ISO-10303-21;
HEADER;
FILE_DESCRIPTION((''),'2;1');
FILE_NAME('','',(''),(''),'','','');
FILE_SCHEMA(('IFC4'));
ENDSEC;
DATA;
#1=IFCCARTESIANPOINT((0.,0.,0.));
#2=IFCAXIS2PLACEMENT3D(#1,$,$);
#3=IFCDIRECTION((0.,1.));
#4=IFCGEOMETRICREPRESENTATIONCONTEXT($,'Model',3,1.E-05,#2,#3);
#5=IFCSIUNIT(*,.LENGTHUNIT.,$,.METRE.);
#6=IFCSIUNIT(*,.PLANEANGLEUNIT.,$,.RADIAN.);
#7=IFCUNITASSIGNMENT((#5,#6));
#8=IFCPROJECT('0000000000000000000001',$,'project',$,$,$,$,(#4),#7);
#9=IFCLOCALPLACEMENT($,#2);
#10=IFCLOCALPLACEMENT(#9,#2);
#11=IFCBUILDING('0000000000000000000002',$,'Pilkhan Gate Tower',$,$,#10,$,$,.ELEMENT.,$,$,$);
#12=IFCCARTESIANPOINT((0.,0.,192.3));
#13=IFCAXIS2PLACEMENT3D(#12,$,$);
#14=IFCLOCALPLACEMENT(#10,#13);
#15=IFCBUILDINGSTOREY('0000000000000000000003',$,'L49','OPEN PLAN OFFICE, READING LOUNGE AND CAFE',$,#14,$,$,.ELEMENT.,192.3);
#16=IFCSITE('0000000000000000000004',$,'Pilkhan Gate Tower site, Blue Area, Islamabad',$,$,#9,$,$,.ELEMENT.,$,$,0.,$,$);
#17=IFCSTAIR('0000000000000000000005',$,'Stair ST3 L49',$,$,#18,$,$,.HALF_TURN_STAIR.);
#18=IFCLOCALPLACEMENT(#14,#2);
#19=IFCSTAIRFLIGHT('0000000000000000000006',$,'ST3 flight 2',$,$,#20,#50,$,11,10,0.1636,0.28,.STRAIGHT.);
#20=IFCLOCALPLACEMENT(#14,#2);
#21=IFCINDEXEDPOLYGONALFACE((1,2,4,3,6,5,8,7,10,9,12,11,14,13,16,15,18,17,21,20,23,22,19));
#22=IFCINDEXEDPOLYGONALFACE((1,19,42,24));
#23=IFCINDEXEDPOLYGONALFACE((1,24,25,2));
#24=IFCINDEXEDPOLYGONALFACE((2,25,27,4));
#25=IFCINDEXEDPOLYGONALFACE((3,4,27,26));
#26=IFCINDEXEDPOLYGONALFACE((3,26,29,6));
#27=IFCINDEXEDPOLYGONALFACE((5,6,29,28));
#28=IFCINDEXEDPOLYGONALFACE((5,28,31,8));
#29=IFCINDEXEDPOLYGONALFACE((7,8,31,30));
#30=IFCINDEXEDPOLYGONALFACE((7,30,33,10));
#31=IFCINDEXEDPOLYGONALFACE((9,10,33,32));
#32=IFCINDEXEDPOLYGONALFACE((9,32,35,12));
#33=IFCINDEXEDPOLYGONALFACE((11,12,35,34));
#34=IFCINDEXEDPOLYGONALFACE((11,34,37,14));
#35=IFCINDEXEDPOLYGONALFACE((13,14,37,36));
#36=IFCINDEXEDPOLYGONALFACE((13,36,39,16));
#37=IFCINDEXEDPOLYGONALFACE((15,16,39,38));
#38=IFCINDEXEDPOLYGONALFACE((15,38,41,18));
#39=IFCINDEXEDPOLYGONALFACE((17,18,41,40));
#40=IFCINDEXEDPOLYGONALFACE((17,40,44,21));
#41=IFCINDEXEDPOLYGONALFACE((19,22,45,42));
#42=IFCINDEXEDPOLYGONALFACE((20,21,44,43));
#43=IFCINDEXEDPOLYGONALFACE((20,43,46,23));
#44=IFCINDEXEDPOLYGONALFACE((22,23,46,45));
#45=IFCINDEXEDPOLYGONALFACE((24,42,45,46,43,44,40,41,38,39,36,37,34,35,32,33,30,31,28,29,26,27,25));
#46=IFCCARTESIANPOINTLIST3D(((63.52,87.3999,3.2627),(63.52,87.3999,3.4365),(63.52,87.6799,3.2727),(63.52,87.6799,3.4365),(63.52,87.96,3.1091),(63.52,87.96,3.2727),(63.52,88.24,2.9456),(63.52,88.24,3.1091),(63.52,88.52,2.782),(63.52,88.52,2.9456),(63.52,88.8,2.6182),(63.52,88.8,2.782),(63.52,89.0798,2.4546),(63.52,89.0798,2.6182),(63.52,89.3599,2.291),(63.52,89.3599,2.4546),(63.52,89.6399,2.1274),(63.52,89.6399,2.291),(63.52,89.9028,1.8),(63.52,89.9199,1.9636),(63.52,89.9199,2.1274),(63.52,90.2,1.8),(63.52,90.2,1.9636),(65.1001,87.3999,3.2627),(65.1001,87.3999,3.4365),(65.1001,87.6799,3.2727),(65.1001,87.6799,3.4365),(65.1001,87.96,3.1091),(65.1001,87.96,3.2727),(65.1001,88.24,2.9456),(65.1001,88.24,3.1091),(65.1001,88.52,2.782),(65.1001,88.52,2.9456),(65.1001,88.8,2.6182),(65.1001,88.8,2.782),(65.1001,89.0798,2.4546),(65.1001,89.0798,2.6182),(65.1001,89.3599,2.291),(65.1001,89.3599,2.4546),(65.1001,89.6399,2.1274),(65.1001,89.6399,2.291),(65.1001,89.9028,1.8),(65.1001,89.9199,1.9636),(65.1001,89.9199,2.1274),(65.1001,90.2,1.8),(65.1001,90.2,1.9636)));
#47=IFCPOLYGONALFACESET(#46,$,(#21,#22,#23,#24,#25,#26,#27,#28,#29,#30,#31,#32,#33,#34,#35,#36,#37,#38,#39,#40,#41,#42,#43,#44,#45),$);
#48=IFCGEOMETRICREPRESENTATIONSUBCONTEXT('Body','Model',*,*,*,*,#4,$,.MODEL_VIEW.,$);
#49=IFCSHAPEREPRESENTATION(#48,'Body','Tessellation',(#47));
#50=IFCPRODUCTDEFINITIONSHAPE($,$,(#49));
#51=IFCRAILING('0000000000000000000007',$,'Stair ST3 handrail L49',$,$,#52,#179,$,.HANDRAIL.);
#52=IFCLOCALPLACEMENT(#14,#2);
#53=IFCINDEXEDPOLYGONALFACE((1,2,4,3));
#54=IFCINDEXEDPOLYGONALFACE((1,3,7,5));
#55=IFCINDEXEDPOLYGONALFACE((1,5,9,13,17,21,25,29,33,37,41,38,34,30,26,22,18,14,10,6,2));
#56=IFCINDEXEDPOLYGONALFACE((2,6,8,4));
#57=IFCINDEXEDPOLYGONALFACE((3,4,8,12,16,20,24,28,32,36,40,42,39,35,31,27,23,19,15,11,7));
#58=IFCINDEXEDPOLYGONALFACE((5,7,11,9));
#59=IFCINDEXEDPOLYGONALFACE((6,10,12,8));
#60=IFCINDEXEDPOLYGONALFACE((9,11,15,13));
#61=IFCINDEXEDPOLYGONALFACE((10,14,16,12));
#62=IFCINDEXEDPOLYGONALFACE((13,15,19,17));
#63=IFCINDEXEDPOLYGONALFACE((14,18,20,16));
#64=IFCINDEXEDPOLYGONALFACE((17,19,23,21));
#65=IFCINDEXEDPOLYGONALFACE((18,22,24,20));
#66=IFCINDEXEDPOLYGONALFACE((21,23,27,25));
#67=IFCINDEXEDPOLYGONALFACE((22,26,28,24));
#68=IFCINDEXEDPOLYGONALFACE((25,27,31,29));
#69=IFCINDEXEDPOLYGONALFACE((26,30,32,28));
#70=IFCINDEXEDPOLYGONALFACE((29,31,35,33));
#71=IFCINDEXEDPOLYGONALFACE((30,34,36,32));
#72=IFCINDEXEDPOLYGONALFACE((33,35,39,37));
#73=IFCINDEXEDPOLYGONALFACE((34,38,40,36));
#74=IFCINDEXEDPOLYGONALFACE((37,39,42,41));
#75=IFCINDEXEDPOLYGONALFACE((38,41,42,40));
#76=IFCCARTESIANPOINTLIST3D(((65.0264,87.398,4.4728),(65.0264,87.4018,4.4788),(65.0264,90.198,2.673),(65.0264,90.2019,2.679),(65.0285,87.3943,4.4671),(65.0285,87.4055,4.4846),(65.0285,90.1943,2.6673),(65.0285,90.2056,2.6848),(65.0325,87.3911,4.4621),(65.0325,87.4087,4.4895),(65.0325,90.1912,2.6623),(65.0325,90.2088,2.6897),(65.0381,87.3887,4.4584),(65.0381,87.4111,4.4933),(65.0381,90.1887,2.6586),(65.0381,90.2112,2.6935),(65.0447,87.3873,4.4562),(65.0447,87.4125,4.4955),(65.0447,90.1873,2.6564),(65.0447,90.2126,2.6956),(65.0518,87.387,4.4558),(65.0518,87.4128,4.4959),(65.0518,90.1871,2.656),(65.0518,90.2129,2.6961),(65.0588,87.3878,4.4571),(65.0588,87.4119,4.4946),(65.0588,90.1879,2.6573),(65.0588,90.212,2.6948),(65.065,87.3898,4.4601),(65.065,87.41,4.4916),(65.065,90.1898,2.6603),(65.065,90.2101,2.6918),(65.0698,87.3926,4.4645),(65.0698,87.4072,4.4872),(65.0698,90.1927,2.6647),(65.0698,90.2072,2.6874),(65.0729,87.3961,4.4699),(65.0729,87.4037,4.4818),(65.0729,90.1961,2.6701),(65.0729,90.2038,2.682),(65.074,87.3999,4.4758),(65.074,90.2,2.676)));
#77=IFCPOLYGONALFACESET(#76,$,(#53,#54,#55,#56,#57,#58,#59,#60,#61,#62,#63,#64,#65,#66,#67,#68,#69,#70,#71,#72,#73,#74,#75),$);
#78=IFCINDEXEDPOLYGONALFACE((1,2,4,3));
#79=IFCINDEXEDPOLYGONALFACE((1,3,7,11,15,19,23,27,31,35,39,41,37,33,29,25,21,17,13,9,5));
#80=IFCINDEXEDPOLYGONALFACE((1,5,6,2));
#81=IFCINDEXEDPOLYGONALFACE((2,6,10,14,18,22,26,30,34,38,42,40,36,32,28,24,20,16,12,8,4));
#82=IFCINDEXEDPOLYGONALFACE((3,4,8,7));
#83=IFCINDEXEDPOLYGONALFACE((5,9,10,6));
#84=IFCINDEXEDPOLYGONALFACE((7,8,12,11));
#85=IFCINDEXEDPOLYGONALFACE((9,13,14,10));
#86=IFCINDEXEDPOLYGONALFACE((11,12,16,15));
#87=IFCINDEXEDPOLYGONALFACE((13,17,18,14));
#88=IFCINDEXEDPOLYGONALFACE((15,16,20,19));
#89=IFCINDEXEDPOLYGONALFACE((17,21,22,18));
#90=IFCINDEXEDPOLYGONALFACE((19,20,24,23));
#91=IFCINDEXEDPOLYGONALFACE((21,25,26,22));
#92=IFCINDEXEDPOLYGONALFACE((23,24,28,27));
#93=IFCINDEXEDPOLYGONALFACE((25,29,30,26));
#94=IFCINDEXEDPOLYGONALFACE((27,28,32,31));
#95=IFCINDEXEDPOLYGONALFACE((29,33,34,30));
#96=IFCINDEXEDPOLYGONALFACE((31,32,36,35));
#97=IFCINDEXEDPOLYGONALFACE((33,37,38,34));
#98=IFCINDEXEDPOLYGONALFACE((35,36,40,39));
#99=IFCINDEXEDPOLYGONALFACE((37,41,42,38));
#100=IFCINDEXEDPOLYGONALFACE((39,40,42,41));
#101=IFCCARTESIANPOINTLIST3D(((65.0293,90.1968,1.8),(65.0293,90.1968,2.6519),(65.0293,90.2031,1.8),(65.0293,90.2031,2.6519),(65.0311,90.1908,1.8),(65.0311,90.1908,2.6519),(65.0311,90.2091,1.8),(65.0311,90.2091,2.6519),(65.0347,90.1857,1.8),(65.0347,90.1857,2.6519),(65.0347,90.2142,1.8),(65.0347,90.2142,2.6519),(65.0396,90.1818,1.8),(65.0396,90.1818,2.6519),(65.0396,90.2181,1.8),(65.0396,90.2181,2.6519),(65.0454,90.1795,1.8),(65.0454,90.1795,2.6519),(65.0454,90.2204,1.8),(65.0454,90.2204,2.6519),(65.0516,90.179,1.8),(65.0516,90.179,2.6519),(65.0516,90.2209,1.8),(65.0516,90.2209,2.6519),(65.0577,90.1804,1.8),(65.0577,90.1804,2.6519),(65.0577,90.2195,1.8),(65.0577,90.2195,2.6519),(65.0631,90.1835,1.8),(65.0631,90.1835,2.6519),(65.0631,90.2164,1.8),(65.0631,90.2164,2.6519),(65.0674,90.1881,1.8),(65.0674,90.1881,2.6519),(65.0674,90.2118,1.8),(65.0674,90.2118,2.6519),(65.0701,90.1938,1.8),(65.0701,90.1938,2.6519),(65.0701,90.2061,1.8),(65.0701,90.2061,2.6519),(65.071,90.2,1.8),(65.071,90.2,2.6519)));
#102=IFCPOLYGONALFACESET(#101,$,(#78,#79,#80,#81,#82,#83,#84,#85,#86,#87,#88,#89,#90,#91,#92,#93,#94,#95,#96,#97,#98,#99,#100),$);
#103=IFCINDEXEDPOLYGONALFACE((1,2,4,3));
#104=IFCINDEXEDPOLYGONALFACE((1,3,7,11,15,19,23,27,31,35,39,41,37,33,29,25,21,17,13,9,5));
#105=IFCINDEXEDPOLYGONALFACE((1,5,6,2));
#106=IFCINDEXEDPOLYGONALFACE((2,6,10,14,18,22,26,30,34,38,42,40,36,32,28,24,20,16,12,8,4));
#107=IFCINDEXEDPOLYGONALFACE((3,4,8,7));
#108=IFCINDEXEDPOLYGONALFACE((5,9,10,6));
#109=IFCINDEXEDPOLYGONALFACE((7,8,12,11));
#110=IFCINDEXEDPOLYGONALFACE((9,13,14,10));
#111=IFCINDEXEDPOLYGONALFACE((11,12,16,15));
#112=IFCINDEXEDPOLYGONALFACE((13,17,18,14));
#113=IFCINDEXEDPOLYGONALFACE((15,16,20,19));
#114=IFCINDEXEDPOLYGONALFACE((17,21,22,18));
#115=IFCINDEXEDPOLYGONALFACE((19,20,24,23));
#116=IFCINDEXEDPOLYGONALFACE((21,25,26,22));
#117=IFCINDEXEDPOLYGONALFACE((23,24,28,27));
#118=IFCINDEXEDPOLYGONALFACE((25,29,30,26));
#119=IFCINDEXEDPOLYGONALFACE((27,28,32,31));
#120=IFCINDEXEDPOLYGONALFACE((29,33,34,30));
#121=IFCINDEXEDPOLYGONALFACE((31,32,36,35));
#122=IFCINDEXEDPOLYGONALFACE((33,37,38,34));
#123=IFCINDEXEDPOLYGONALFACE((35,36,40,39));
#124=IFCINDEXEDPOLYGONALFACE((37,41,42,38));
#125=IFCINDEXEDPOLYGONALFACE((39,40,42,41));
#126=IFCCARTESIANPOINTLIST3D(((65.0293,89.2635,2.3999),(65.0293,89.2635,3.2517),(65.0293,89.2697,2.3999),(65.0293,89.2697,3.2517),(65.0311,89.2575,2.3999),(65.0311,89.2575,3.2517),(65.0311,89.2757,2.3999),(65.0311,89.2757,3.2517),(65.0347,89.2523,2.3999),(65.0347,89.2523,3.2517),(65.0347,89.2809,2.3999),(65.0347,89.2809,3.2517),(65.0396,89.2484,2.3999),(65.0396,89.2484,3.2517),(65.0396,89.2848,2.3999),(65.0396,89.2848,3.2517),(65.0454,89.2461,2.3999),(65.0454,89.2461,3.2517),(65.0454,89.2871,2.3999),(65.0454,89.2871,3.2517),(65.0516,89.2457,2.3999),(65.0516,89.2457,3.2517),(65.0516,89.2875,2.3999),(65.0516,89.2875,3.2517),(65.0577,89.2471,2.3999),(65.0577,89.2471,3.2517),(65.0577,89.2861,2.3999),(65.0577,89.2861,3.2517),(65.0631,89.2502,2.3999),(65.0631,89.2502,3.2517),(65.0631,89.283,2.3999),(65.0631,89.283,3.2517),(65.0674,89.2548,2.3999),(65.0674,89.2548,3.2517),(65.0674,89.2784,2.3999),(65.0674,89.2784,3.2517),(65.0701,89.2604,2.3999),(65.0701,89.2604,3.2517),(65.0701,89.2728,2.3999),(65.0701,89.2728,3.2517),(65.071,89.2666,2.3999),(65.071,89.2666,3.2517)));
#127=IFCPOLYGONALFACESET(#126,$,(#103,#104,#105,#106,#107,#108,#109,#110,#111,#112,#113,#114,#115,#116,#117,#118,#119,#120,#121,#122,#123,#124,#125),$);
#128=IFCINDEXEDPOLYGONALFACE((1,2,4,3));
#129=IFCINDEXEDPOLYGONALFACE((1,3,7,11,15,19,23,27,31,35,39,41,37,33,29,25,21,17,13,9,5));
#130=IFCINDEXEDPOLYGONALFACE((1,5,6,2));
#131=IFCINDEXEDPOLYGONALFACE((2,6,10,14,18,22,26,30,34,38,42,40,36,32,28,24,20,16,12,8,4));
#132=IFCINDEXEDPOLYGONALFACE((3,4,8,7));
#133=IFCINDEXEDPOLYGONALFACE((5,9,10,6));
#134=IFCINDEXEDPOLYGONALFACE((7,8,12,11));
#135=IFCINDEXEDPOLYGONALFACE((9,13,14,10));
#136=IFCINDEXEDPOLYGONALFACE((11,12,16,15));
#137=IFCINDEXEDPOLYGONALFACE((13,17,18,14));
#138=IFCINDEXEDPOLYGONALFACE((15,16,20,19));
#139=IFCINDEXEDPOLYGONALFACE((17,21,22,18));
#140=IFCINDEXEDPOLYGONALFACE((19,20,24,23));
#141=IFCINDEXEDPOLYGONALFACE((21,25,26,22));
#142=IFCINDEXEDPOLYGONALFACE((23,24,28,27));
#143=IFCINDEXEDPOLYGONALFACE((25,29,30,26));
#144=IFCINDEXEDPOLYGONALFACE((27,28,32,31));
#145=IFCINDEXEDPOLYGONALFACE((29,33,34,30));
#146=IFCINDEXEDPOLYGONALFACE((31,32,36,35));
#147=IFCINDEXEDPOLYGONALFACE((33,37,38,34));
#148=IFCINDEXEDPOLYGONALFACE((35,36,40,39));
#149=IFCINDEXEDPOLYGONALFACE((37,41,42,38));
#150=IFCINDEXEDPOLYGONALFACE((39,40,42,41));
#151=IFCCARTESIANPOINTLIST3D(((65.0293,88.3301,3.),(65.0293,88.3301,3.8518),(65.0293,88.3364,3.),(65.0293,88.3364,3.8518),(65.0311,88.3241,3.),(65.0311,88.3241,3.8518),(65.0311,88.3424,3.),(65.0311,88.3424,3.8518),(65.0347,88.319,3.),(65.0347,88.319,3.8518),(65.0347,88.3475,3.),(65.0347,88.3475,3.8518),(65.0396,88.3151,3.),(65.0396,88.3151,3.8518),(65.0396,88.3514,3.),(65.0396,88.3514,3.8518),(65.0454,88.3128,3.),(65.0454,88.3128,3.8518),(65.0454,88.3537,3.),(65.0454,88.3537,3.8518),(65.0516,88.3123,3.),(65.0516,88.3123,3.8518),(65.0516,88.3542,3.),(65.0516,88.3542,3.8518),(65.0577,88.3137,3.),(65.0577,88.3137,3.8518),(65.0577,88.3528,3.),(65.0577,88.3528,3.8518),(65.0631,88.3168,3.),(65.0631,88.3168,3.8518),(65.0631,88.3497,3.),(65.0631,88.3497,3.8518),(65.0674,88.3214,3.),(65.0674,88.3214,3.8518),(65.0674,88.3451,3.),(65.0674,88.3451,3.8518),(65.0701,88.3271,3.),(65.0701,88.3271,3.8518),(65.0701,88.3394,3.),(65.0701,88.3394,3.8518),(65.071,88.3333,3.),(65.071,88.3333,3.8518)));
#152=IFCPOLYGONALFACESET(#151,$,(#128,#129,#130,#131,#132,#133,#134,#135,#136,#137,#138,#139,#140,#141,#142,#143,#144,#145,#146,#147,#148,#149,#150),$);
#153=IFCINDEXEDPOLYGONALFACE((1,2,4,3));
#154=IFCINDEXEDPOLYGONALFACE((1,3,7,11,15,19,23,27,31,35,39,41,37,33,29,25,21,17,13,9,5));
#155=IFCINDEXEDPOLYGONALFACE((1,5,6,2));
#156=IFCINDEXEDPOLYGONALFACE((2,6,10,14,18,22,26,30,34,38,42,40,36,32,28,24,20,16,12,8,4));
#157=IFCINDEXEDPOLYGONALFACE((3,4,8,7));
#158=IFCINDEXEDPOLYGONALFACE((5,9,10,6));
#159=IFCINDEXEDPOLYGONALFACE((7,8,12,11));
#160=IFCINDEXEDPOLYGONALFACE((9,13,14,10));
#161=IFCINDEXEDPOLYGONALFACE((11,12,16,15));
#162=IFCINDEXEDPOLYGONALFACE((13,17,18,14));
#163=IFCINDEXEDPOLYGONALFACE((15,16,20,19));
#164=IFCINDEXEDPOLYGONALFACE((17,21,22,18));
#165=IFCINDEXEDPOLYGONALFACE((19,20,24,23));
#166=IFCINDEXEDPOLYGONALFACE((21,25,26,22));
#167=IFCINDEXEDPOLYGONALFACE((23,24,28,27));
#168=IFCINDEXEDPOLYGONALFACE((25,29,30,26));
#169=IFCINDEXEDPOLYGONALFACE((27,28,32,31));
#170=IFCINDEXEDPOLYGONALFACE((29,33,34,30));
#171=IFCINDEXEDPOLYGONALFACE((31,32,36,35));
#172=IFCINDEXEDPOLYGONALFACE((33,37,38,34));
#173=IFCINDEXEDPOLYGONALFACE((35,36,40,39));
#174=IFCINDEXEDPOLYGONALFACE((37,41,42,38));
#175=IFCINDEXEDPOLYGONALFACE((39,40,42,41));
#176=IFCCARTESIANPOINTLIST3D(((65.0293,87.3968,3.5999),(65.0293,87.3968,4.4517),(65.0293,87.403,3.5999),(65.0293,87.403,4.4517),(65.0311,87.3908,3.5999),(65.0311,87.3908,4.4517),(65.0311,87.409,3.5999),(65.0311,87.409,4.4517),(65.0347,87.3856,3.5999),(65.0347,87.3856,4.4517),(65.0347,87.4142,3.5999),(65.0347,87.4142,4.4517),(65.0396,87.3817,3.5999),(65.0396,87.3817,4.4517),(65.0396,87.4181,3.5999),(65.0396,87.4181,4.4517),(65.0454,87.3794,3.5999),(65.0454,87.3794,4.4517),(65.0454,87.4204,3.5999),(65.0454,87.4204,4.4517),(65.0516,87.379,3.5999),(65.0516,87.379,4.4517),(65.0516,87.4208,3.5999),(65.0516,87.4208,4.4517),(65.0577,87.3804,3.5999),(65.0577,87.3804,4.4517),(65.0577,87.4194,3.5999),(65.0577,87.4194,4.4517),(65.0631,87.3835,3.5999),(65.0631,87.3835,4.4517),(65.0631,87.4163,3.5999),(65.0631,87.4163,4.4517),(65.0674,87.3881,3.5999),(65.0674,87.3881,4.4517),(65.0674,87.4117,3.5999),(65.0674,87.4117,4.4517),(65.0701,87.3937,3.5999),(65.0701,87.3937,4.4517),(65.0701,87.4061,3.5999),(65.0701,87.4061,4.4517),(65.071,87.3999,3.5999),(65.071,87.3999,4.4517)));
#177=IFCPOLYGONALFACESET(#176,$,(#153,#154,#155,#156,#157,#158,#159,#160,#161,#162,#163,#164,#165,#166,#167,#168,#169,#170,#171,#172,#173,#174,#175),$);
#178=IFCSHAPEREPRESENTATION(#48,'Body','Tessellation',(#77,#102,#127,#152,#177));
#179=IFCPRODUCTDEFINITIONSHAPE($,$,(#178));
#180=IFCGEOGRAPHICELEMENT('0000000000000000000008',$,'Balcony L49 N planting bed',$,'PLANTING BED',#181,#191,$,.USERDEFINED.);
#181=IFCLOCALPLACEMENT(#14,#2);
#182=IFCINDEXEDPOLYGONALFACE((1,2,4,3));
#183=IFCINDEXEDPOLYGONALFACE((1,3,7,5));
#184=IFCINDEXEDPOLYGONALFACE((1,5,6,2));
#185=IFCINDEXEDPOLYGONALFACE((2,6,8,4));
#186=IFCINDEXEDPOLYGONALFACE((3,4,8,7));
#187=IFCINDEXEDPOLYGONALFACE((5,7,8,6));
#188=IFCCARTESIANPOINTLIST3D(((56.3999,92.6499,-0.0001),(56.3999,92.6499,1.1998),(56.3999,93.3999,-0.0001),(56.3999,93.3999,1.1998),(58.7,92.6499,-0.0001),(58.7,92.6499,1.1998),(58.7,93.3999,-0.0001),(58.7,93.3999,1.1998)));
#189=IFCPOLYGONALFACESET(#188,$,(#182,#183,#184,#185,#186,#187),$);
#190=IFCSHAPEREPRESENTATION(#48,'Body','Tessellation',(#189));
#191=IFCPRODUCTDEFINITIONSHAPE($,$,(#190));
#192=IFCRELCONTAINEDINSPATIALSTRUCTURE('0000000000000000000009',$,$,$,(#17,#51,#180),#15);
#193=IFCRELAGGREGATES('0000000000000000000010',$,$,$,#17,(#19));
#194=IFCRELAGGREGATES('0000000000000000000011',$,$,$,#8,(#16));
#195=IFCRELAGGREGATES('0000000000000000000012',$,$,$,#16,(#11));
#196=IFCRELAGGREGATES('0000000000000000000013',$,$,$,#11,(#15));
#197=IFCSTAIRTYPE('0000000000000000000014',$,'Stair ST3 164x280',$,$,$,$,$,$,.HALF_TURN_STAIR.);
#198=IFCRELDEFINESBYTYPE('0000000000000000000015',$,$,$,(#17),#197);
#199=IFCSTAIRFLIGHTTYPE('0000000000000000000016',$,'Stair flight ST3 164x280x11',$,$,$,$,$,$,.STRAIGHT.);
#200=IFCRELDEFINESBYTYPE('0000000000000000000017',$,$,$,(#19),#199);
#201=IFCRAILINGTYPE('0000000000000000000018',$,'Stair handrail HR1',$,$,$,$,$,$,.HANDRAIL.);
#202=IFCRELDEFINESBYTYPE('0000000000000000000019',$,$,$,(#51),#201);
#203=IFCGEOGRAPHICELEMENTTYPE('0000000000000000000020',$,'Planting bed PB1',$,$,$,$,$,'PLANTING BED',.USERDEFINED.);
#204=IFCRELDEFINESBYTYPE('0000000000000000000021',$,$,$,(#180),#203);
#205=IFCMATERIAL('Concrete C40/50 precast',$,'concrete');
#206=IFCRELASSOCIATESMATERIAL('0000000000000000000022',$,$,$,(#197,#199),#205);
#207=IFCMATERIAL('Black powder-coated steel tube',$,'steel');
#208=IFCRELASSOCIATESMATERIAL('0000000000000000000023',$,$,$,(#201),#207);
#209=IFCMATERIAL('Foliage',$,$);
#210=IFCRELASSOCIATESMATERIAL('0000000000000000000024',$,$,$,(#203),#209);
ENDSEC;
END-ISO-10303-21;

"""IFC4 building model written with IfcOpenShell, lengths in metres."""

from ifc_helpers import new_model, si_unit, direction, frame, origin, origin_2d, place, context, subcontext, project, spatial, polyline, rectangle, circle, outline, extrude, material, material_profile, profile_set, type_object, element, aggregate, save


model = new_model("IFC4")

# Units and contexts
model_context = context("Model", 3, precision=1e-05, world=origin(), true_north=direction((0.0, 1.0)))
body_context = subcontext(model_context, "Body", "Model", "MODEL_VIEW")
ifc_project = project(units=[si_unit("LENGTHUNIT", "METRE"), si_unit("PLANEANGLEUNIT", "RADIAN")], contexts=[model_context])

# Site, building, storey
site_placement = place(None, origin())
site = spatial("IfcSite", under=ifc_project, at=site_placement, Name="Pilkhan Gate Tower site, Blue Area, Islamabad", CompositionType="ELEMENT", RefElevation=0.0)
building_placement = place(site_placement, origin())
building = spatial("IfcBuilding", under=site, at=building_placement, Name="Pilkhan Gate Tower", CompositionType="ELEMENT")
storey_placement = place(building_placement, frame((0.0, 0.0, 192.3)))
storey = spatial("IfcBuildingStorey", under=building, at=storey_placement, Name="L49", Description="OPEN PLAN OFFICE, READING LOUNGE AND CAFE", CompositionType="ELEMENT", Elevation=192.3)

# Stair, stair flight
ifc_material_1 = material(Name="Concrete C40/50 precast", Category="concrete")
stair_type = type_object("IfcStairType", Name="Stair ST3 164x280", PredefinedType="HALF_TURN_STAIR", material=ifc_material_1)
stair_placement = place(storey_placement, origin())
stair = element("IfcStair", 1, at=stair_placement, inside=storey, type_object=stair_type, Name="Stair ST3 L49", PredefinedType="HALF_TURN_STAIR")
stair_flight_type = type_object("IfcStairFlightType", Name="Stair flight ST3 164x280x11", PredefinedType="STRAIGHT", material=ifc_material_1)
stair_flight_placement = place(storey_placement, frame((64.3101, 90.2, 1.8), z_axis=(0.0, 0.0, 1.0), x_axis=(0.0, -1.0, 0.0)))
stair_flight = element("IfcStairFlight", 2, at=stair_flight_placement, type_object=stair_flight_type, Name="ST3 flight 2", NumberOfRisers=11, NumberOfTreads=10, PredefinedType="STRAIGHT", RiserHeight=0.1636, TreadLength=0.28, context=body_context, shape_type="SweptSolid", body=[
    extrude(outline(polyline([(0.0, 0.0), (0.0, 0.1636), (0.28, 0.1636), (0.28, 0.3274), (0.5601, 0.3274), (0.5601, 0.491), (0.8401, 0.491), (0.8401, 0.6545), (1.1201, 0.6545), (1.1201, 0.8181), (1.3999, 0.8181), (1.3999, 0.9819), (1.6799, 0.9819), (1.6799, 1.1455), (1.96, 1.1455), (1.96, 1.3091), (2.24, 1.3091), (2.24, 1.4727), (2.52, 1.4727), (2.52, 1.6365), (2.8, 1.6365), (2.8, 1.8), (2.8, 1.4626), (0.2971, 0.0), (0.0, 0.0)])), frame((0.0, 0.79, 0.0), z_axis=(0.0, -1.0, 0.0), x_axis=(1.0, 0.0, 0.0)), (0.0, 0.0, 1.0), 1.5801),
])
aggregate(stair, [stair_flight])

# Railing
ifc_material_2 = material(Name="Black powder-coated steel tube", Category="steel")
railing_type_1 = type_object("IfcRailingType", Name="Stair handrail HR1", PredefinedType="HANDRAIL", material=ifc_material_2)
railing_1_placement = place(storey_placement, frame((65.05, 90.2, 1.8)))
element("IfcRailing", 3, at=railing_1_placement, inside=storey, type_object=railing_type_1, Name="Stair ST3 handrail L49", PredefinedType="HANDRAIL", context=body_context, shape_type="SweptSolid", body=[
    extrude(circle(Radius=0.0239, at=origin_2d()), frame((0.0, 0.0, 0.876), z_axis=(0.0, -0.841209, 0.540709), x_axis=(1.0, 0.0, 0.0)), (0.0, 0.0, 1.0), 3.3286),
    extrude(circle(Radius=0.021, at=origin_2d()), origin(), (0.0, 0.0, 1.0), 0.8518),
    extrude(circle(Radius=0.021, at=origin_2d()), frame((0.0, -0.9333, 0.5999)), (0.0, 0.0, 1.0), 0.8518),
    extrude(circle(Radius=0.021, at=origin_2d()), frame((0.0, -1.8667, 1.2)), (0.0, 0.0, 1.0), 0.8518),
    extrude(circle(Radius=0.021, at=origin_2d()), frame((0.0, -2.8, 1.7998)), (0.0, 0.0, 1.0), 0.8518),
])

# Geographic element
ifc_material_3 = material(Name="Foliage")
ifc_material_profile_1 = material_profile(ifc_material_3, rectangle(XDim=0.75, YDim=1.2, at=origin_2d()), Name="Bed 750x1200")
ifc_profile_set_1 = profile_set([ifc_material_profile_1], Name="Foliage")
geographic_element_type_1 = type_object("IfcGeographicElementType", Name="Planting bed PB1", ElementType="PLANTING BED", PredefinedType="USERDEFINED", material=ifc_profile_set_1)
geographic_element_1_placement = place(storey_placement, frame((56.3999, 93.0249, 0.5999), z_axis=(1.0, 0.0, 0.0), x_axis=(0.0, 1.0, 0.0)))
element("IfcGeographicElement", 4, at=geographic_element_1_placement, inside=storey, type_object=geographic_element_type_1, Name="Balcony L49 N planting bed", ObjectType="PLANTING BED", PredefinedType="USERDEFINED", context=body_context, shape_type="SweptSolid", body=[
    extrude(rectangle(XDim=0.75, YDim=1.2, at=origin_2d()), origin(), (0.0, 0.0, 1.0), 2.3),
])

save(model, "model.ifc")
